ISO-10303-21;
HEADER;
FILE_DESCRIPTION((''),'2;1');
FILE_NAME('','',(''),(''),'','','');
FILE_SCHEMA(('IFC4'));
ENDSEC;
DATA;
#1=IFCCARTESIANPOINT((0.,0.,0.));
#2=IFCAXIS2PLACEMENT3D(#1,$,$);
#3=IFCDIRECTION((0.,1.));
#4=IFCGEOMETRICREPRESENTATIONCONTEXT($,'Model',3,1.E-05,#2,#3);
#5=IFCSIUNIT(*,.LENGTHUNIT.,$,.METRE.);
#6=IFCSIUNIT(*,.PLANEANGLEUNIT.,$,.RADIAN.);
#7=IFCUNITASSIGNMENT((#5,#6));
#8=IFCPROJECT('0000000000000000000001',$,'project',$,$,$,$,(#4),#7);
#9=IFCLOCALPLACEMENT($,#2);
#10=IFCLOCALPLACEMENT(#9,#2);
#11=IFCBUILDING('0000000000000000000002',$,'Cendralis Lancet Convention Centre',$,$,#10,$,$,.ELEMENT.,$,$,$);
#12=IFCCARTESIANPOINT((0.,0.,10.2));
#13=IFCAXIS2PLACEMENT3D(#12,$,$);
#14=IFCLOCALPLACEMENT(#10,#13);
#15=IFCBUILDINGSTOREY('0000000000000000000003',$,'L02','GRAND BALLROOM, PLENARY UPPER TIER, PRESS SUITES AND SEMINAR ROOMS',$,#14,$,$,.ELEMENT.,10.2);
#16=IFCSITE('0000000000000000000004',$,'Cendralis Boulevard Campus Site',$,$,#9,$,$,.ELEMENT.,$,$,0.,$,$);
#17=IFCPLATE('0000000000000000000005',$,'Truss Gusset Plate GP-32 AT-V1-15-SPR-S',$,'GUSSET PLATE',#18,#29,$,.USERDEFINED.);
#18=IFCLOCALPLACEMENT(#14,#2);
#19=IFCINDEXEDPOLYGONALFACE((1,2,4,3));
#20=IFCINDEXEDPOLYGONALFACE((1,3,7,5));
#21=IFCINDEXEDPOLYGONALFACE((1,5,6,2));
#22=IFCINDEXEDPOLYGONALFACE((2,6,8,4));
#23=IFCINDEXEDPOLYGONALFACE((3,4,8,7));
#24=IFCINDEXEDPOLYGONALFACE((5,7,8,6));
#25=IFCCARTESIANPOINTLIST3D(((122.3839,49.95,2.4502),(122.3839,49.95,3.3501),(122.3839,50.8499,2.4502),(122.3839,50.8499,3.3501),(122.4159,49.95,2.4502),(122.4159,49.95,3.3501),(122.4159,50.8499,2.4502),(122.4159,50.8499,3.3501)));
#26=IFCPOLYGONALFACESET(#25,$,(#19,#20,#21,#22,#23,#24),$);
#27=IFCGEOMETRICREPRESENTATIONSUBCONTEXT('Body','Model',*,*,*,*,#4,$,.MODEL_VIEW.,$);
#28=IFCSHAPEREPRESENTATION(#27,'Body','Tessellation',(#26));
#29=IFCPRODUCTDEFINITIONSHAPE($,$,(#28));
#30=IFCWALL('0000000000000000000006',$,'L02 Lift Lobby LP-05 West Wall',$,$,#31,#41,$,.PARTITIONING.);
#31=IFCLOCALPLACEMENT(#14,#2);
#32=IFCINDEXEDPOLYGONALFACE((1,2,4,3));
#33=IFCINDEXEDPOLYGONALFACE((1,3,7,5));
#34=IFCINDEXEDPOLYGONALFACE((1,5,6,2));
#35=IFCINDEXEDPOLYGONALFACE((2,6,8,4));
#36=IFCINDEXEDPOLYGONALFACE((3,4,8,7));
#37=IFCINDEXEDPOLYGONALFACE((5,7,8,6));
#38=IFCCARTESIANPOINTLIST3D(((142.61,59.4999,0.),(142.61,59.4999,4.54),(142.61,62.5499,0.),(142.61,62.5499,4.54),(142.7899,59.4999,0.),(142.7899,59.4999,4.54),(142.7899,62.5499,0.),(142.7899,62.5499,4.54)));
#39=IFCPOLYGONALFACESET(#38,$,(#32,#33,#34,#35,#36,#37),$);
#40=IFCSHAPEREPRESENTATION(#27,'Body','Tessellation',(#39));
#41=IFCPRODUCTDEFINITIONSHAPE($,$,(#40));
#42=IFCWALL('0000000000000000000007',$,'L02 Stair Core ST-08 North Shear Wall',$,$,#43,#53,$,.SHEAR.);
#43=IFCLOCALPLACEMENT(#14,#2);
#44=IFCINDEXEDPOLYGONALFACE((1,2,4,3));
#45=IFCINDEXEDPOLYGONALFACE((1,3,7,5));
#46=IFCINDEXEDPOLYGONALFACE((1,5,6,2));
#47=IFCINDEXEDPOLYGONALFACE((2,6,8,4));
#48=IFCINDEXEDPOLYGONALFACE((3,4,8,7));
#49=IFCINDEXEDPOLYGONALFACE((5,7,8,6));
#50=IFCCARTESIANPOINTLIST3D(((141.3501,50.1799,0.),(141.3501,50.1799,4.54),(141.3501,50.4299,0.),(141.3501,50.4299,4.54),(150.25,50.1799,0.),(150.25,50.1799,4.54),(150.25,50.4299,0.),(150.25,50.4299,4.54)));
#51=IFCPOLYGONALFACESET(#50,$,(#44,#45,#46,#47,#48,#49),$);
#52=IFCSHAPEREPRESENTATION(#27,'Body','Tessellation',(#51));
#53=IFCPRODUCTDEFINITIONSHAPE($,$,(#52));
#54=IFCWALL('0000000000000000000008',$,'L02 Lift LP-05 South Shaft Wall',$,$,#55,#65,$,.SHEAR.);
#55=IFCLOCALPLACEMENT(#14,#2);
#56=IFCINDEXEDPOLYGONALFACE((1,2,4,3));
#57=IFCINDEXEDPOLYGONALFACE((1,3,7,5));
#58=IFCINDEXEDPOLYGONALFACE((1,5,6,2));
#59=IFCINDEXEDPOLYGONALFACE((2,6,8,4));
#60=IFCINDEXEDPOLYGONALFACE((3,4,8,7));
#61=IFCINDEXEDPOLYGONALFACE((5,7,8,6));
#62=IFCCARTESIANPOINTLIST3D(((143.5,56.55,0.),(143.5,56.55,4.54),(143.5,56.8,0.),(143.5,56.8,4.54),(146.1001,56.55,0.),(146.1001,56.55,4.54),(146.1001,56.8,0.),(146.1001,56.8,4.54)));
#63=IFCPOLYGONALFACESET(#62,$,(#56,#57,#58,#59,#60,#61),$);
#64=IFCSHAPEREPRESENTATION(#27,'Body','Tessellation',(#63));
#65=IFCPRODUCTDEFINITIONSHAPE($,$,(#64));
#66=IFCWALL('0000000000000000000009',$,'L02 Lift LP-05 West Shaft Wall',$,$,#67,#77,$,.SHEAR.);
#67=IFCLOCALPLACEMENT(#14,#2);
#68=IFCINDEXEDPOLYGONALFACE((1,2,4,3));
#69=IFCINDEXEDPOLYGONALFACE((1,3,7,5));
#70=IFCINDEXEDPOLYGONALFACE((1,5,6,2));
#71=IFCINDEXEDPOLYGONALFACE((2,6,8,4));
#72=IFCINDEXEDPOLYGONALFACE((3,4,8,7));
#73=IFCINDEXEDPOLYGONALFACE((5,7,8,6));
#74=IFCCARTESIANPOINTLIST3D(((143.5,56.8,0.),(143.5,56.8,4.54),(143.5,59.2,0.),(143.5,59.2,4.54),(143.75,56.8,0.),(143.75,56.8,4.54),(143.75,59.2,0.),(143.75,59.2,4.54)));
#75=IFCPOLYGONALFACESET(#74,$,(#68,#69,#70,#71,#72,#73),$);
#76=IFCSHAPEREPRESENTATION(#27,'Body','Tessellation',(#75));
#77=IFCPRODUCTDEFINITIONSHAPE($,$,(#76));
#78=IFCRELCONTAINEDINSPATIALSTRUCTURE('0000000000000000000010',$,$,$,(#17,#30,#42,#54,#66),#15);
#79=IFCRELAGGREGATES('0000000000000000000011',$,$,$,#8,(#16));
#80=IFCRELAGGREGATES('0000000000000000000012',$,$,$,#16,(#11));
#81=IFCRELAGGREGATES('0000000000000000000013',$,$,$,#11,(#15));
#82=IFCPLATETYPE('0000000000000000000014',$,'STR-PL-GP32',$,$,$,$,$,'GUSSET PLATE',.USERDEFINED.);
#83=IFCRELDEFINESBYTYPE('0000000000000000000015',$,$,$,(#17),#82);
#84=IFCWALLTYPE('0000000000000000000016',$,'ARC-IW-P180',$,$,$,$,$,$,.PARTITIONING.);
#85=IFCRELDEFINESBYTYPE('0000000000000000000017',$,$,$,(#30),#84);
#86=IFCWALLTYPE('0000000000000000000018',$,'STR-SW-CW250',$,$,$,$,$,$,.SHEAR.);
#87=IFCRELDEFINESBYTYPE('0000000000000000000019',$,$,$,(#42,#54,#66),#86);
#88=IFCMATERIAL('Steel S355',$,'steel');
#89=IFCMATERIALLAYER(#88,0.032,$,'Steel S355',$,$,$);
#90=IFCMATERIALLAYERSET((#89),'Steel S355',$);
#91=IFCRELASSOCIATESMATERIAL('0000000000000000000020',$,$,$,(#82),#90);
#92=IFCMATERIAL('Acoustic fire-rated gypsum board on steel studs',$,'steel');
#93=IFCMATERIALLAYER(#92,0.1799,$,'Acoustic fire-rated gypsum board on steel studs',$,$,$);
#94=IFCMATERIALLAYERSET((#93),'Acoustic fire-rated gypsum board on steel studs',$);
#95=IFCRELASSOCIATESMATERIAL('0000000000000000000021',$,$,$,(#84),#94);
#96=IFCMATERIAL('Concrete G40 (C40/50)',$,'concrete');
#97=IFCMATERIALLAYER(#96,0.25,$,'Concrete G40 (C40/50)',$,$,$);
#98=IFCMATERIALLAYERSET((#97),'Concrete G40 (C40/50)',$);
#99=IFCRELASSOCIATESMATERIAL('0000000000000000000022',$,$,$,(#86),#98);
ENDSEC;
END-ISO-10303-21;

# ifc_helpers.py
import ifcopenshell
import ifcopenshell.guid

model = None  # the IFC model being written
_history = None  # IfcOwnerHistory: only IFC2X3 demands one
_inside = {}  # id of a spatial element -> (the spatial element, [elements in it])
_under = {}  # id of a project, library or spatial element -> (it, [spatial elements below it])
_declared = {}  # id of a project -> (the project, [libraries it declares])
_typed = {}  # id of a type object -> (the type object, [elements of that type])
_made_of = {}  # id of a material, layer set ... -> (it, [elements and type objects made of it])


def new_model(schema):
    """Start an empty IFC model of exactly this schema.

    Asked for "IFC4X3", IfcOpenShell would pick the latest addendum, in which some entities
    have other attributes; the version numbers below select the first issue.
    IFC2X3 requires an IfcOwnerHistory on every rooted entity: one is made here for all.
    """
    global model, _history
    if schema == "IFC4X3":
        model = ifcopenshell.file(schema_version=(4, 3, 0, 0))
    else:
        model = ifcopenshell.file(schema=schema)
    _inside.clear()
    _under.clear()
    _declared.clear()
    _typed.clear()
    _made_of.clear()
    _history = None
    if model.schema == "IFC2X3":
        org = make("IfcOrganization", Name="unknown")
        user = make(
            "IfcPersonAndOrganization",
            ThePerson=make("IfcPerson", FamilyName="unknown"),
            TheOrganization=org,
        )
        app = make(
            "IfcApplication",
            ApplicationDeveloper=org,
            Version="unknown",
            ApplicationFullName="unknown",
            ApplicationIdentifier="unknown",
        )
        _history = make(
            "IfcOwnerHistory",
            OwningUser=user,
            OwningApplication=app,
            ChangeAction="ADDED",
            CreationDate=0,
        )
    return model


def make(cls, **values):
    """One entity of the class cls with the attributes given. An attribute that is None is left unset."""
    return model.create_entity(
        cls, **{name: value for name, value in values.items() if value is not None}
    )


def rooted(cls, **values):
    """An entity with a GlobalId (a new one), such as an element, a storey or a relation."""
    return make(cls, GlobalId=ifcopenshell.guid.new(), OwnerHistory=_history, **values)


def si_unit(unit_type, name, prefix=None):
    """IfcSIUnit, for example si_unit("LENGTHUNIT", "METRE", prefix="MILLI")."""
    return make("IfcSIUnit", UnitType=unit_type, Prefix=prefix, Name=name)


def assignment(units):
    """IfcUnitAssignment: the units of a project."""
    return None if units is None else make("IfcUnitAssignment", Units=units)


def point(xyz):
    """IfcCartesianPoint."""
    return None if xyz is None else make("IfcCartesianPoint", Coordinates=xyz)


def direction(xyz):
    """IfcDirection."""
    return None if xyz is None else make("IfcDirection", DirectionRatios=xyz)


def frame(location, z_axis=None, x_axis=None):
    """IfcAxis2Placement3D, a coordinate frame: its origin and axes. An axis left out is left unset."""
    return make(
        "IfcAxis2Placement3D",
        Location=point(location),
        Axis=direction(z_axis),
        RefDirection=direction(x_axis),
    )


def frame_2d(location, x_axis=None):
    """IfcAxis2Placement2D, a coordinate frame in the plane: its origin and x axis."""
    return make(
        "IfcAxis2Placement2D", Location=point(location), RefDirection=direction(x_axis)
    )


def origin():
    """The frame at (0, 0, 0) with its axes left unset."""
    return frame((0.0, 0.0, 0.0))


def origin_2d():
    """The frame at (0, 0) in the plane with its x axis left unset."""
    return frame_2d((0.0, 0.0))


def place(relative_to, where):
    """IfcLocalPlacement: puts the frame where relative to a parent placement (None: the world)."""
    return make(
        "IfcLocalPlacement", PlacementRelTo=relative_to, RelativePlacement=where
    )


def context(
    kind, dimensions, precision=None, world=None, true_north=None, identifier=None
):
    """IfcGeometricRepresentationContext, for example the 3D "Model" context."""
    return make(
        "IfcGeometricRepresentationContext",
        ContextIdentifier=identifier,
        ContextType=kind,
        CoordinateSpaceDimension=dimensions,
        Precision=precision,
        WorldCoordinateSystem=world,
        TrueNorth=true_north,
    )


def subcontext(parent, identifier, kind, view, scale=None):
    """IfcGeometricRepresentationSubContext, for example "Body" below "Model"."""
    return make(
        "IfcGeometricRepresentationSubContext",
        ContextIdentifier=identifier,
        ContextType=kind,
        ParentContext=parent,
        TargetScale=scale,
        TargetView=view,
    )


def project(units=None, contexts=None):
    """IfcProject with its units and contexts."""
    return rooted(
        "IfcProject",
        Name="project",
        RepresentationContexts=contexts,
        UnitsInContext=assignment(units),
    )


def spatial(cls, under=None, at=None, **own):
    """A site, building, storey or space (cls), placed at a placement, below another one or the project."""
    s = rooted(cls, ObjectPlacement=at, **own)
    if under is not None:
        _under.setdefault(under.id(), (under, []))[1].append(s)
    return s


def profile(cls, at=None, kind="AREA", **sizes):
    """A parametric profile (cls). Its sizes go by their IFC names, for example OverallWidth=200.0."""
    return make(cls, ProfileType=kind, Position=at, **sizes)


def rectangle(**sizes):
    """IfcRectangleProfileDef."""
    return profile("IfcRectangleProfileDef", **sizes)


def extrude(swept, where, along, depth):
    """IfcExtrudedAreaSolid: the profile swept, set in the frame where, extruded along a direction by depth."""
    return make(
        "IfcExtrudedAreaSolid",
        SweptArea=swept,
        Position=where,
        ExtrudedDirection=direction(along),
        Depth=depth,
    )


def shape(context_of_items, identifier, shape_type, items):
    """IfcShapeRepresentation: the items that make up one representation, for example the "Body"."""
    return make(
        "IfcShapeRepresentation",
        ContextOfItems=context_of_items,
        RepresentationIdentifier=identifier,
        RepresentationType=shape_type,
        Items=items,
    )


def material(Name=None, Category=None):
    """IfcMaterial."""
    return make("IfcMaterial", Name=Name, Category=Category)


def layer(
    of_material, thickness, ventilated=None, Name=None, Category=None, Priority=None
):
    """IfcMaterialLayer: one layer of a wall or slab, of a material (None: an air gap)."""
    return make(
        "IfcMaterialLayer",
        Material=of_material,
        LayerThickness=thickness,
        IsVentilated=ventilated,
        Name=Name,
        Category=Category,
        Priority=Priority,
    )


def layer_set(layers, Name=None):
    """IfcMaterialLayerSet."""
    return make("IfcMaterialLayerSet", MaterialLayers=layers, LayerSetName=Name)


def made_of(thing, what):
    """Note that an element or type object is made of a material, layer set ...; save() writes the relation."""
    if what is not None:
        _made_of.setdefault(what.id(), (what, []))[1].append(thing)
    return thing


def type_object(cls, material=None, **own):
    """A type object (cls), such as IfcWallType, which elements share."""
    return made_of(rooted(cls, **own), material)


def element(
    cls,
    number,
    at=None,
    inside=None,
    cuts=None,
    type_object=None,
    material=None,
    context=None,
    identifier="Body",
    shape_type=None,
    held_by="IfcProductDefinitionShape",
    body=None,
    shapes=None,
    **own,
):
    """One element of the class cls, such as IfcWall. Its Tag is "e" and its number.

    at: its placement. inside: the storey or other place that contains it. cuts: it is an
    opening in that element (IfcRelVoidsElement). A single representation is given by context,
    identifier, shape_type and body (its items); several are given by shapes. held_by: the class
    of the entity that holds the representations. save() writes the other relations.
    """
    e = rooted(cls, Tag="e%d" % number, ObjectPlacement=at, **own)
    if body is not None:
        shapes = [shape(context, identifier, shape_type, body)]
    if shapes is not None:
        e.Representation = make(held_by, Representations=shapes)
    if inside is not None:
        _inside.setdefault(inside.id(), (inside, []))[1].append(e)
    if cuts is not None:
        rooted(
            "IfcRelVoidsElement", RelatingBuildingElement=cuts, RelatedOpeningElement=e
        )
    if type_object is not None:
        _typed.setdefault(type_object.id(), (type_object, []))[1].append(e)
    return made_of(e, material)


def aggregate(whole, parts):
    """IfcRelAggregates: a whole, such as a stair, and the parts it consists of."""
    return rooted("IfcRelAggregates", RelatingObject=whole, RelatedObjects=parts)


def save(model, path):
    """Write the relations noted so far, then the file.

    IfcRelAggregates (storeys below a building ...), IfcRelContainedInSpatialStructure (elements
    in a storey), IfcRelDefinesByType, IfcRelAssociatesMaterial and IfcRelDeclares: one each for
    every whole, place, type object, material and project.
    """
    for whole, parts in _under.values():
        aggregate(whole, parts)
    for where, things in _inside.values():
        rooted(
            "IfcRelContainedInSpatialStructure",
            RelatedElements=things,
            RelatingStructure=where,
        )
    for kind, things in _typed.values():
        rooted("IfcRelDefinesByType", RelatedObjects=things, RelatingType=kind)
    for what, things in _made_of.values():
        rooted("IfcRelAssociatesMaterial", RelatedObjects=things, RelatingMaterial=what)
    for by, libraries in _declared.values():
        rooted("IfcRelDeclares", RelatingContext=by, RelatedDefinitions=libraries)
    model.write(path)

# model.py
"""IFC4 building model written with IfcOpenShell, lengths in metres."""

from ifc_helpers import new_model, si_unit, direction, frame, frame_2d, origin, origin_2d, place, context, subcontext, project, spatial, rectangle, extrude, material, layer, layer_set, type_object, element, save


model = new_model("IFC4")

# Units and contexts
model_context = context("Model", 3, precision=1e-05, world=origin(), true_north=direction((0.0, 1.0)))
body_context = subcontext(model_context, "Body", "Model", "MODEL_VIEW")
ifc_project = project(units=[si_unit("LENGTHUNIT", "METRE"), si_unit("PLANEANGLEUNIT", "RADIAN")], contexts=[model_context])

# Site, building, storey
site_placement = place(None, origin())
site = spatial("IfcSite", under=ifc_project, at=site_placement, Name="Cendralis Boulevard Campus Site", CompositionType="ELEMENT", RefElevation=0.0)
building_placement = place(site_placement, origin())
building = spatial("IfcBuilding", under=site, at=building_placement, Name="Cendralis Lancet Convention Centre", CompositionType="ELEMENT")
storey_placement = place(building_placement, frame((0.0, 0.0, 10.2)))
storey = spatial("IfcBuildingStorey", under=building, at=storey_placement, Name="L02", Description="GRAND BALLROOM, PLENARY UPPER TIER, PRESS SUITES AND SEMINAR ROOMS", CompositionType="ELEMENT", Elevation=10.2)

# Shared definitions
ifc_material_1 = material(Name="Steel S355", Category="steel")

# Shared definitions
ifc_material_2 = material(Name="Concrete G40 (C40/50)", Category="concrete")

# Plate
ifc_layer_1 = layer(ifc_material_1, 0.032, Name="Steel S355")
ifc_layer_set_1 = layer_set([ifc_layer_1], Name="Steel S355")
plate_type_1 = type_object("IfcPlateType", Name="STR-PL-GP32", ElementType="GUSSET PLATE", PredefinedType="USERDEFINED", material=ifc_layer_set_1)
plate_1_placement = place(storey_placement, frame((122.3999, 50.3999, 2.4502), z_axis=(0.0, 0.0, 1.0), x_axis=(0.0, 1.0, 0.0)))
element("IfcPlate", 1, at=plate_1_placement, inside=storey, type_object=plate_type_1, Name="Truss Gusset Plate GP-32 AT-V1-15-SPR-S", ObjectType="GUSSET PLATE", PredefinedType="USERDEFINED", context=body_context, shape_type="SweptSolid", body=[
    extrude(rectangle(XDim=0.8999, YDim=0.032, at=origin_2d()), origin(), (0.0, 0.0, 1.0), 0.8999),
])

# Walls
ifc_material_3 = material(Name="Acoustic fire-rated gypsum board on steel studs", Category="steel")
ifc_layer_2 = layer(ifc_material_3, 0.1799, Name="Acoustic fire-rated gypsum board on steel studs")
ifc_layer_set_2 = layer_set([ifc_layer_2], Name="Acoustic fire-rated gypsum board on steel studs")
wall_type_1 = type_object("IfcWallType", Name="ARC-IW-P180", PredefinedType="PARTITIONING", material=ifc_layer_set_2)
wall_1_placement = place(storey_placement, frame((142.7, 59.5, 0.0), z_axis=(0.0, 0.0, 1.0), x_axis=(0.0, 1.0, 0.0)))
element("IfcWall", 2, at=wall_1_placement, inside=storey, type_object=wall_type_1, Name="L02 Lift Lobby LP-05 West Wall", PredefinedType="PARTITIONING", context=body_context, shape_type="SweptSolid", body=[
    extrude(rectangle(XDim=3.05, YDim=0.1799, at=frame_2d((1.5249, 0.0))), origin(), (0.0, 0.0, 1.0), 4.54),
])
ifc_layer_3 = layer(ifc_material_2, 0.25, Name="Concrete G40 (C40/50)")
ifc_layer_set_3 = layer_set([ifc_layer_3], Name="Concrete G40 (C40/50)")
wall_type_2 = type_object("IfcWallType", Name="STR-SW-CW250", PredefinedType="SHEAR", material=ifc_layer_set_3)
wall_2_placement = place(storey_placement, frame((141.3501, 50.3049, 0.0), z_axis=(0.0, 0.0, 1.0), x_axis=(1.0, 0.0, 0.0)))
element("IfcWall", 3, at=wall_2_placement, inside=storey, type_object=wall_type_2, Name="L02 Stair Core ST-08 North Shear Wall", PredefinedType="SHEAR", context=body_context, shape_type="SweptSolid", body=[
    extrude(rectangle(XDim=8.8999, YDim=0.25, at=frame_2d((4.45, 0.0))), origin(), (0.0, 0.0, 1.0), 4.54),
])
wall_3_placement = place(storey_placement, frame((143.5, 56.675, 0.0), z_axis=(0.0, 0.0, 1.0), x_axis=(1.0, 0.0, 0.0)))
element("IfcWall", 4, at=wall_3_placement, inside=storey, type_object=wall_type_2, Name="L02 Lift LP-05 South Shaft Wall", PredefinedType="SHEAR", context=body_context, shape_type="SweptSolid", body=[
    extrude(rectangle(XDim=2.6001, YDim=0.25, at=frame_2d((1.3, 0.0))), origin(), (0.0, 0.0, 1.0), 4.54),
])

# Wall
wall_4_placement = place(storey_placement, frame((143.625, 56.8, 0.0), z_axis=(0.0, 0.0, 1.0), x_axis=(0.0, 1.0, 0.0)))
element("IfcWall", 5, at=wall_4_placement, inside=storey, type_object=wall_type_2, Name="L02 Lift LP-05 West Shaft Wall", PredefinedType="SHEAR", context=body_context, shape_type="SweptSolid", body=[
    extrude(rectangle(XDim=2.3999, YDim=0.25, at=frame_2d((1.2, 0.0))), origin(), (0.0, 0.0, 1.0), 4.54),
])

save(model, "model.ifc")
